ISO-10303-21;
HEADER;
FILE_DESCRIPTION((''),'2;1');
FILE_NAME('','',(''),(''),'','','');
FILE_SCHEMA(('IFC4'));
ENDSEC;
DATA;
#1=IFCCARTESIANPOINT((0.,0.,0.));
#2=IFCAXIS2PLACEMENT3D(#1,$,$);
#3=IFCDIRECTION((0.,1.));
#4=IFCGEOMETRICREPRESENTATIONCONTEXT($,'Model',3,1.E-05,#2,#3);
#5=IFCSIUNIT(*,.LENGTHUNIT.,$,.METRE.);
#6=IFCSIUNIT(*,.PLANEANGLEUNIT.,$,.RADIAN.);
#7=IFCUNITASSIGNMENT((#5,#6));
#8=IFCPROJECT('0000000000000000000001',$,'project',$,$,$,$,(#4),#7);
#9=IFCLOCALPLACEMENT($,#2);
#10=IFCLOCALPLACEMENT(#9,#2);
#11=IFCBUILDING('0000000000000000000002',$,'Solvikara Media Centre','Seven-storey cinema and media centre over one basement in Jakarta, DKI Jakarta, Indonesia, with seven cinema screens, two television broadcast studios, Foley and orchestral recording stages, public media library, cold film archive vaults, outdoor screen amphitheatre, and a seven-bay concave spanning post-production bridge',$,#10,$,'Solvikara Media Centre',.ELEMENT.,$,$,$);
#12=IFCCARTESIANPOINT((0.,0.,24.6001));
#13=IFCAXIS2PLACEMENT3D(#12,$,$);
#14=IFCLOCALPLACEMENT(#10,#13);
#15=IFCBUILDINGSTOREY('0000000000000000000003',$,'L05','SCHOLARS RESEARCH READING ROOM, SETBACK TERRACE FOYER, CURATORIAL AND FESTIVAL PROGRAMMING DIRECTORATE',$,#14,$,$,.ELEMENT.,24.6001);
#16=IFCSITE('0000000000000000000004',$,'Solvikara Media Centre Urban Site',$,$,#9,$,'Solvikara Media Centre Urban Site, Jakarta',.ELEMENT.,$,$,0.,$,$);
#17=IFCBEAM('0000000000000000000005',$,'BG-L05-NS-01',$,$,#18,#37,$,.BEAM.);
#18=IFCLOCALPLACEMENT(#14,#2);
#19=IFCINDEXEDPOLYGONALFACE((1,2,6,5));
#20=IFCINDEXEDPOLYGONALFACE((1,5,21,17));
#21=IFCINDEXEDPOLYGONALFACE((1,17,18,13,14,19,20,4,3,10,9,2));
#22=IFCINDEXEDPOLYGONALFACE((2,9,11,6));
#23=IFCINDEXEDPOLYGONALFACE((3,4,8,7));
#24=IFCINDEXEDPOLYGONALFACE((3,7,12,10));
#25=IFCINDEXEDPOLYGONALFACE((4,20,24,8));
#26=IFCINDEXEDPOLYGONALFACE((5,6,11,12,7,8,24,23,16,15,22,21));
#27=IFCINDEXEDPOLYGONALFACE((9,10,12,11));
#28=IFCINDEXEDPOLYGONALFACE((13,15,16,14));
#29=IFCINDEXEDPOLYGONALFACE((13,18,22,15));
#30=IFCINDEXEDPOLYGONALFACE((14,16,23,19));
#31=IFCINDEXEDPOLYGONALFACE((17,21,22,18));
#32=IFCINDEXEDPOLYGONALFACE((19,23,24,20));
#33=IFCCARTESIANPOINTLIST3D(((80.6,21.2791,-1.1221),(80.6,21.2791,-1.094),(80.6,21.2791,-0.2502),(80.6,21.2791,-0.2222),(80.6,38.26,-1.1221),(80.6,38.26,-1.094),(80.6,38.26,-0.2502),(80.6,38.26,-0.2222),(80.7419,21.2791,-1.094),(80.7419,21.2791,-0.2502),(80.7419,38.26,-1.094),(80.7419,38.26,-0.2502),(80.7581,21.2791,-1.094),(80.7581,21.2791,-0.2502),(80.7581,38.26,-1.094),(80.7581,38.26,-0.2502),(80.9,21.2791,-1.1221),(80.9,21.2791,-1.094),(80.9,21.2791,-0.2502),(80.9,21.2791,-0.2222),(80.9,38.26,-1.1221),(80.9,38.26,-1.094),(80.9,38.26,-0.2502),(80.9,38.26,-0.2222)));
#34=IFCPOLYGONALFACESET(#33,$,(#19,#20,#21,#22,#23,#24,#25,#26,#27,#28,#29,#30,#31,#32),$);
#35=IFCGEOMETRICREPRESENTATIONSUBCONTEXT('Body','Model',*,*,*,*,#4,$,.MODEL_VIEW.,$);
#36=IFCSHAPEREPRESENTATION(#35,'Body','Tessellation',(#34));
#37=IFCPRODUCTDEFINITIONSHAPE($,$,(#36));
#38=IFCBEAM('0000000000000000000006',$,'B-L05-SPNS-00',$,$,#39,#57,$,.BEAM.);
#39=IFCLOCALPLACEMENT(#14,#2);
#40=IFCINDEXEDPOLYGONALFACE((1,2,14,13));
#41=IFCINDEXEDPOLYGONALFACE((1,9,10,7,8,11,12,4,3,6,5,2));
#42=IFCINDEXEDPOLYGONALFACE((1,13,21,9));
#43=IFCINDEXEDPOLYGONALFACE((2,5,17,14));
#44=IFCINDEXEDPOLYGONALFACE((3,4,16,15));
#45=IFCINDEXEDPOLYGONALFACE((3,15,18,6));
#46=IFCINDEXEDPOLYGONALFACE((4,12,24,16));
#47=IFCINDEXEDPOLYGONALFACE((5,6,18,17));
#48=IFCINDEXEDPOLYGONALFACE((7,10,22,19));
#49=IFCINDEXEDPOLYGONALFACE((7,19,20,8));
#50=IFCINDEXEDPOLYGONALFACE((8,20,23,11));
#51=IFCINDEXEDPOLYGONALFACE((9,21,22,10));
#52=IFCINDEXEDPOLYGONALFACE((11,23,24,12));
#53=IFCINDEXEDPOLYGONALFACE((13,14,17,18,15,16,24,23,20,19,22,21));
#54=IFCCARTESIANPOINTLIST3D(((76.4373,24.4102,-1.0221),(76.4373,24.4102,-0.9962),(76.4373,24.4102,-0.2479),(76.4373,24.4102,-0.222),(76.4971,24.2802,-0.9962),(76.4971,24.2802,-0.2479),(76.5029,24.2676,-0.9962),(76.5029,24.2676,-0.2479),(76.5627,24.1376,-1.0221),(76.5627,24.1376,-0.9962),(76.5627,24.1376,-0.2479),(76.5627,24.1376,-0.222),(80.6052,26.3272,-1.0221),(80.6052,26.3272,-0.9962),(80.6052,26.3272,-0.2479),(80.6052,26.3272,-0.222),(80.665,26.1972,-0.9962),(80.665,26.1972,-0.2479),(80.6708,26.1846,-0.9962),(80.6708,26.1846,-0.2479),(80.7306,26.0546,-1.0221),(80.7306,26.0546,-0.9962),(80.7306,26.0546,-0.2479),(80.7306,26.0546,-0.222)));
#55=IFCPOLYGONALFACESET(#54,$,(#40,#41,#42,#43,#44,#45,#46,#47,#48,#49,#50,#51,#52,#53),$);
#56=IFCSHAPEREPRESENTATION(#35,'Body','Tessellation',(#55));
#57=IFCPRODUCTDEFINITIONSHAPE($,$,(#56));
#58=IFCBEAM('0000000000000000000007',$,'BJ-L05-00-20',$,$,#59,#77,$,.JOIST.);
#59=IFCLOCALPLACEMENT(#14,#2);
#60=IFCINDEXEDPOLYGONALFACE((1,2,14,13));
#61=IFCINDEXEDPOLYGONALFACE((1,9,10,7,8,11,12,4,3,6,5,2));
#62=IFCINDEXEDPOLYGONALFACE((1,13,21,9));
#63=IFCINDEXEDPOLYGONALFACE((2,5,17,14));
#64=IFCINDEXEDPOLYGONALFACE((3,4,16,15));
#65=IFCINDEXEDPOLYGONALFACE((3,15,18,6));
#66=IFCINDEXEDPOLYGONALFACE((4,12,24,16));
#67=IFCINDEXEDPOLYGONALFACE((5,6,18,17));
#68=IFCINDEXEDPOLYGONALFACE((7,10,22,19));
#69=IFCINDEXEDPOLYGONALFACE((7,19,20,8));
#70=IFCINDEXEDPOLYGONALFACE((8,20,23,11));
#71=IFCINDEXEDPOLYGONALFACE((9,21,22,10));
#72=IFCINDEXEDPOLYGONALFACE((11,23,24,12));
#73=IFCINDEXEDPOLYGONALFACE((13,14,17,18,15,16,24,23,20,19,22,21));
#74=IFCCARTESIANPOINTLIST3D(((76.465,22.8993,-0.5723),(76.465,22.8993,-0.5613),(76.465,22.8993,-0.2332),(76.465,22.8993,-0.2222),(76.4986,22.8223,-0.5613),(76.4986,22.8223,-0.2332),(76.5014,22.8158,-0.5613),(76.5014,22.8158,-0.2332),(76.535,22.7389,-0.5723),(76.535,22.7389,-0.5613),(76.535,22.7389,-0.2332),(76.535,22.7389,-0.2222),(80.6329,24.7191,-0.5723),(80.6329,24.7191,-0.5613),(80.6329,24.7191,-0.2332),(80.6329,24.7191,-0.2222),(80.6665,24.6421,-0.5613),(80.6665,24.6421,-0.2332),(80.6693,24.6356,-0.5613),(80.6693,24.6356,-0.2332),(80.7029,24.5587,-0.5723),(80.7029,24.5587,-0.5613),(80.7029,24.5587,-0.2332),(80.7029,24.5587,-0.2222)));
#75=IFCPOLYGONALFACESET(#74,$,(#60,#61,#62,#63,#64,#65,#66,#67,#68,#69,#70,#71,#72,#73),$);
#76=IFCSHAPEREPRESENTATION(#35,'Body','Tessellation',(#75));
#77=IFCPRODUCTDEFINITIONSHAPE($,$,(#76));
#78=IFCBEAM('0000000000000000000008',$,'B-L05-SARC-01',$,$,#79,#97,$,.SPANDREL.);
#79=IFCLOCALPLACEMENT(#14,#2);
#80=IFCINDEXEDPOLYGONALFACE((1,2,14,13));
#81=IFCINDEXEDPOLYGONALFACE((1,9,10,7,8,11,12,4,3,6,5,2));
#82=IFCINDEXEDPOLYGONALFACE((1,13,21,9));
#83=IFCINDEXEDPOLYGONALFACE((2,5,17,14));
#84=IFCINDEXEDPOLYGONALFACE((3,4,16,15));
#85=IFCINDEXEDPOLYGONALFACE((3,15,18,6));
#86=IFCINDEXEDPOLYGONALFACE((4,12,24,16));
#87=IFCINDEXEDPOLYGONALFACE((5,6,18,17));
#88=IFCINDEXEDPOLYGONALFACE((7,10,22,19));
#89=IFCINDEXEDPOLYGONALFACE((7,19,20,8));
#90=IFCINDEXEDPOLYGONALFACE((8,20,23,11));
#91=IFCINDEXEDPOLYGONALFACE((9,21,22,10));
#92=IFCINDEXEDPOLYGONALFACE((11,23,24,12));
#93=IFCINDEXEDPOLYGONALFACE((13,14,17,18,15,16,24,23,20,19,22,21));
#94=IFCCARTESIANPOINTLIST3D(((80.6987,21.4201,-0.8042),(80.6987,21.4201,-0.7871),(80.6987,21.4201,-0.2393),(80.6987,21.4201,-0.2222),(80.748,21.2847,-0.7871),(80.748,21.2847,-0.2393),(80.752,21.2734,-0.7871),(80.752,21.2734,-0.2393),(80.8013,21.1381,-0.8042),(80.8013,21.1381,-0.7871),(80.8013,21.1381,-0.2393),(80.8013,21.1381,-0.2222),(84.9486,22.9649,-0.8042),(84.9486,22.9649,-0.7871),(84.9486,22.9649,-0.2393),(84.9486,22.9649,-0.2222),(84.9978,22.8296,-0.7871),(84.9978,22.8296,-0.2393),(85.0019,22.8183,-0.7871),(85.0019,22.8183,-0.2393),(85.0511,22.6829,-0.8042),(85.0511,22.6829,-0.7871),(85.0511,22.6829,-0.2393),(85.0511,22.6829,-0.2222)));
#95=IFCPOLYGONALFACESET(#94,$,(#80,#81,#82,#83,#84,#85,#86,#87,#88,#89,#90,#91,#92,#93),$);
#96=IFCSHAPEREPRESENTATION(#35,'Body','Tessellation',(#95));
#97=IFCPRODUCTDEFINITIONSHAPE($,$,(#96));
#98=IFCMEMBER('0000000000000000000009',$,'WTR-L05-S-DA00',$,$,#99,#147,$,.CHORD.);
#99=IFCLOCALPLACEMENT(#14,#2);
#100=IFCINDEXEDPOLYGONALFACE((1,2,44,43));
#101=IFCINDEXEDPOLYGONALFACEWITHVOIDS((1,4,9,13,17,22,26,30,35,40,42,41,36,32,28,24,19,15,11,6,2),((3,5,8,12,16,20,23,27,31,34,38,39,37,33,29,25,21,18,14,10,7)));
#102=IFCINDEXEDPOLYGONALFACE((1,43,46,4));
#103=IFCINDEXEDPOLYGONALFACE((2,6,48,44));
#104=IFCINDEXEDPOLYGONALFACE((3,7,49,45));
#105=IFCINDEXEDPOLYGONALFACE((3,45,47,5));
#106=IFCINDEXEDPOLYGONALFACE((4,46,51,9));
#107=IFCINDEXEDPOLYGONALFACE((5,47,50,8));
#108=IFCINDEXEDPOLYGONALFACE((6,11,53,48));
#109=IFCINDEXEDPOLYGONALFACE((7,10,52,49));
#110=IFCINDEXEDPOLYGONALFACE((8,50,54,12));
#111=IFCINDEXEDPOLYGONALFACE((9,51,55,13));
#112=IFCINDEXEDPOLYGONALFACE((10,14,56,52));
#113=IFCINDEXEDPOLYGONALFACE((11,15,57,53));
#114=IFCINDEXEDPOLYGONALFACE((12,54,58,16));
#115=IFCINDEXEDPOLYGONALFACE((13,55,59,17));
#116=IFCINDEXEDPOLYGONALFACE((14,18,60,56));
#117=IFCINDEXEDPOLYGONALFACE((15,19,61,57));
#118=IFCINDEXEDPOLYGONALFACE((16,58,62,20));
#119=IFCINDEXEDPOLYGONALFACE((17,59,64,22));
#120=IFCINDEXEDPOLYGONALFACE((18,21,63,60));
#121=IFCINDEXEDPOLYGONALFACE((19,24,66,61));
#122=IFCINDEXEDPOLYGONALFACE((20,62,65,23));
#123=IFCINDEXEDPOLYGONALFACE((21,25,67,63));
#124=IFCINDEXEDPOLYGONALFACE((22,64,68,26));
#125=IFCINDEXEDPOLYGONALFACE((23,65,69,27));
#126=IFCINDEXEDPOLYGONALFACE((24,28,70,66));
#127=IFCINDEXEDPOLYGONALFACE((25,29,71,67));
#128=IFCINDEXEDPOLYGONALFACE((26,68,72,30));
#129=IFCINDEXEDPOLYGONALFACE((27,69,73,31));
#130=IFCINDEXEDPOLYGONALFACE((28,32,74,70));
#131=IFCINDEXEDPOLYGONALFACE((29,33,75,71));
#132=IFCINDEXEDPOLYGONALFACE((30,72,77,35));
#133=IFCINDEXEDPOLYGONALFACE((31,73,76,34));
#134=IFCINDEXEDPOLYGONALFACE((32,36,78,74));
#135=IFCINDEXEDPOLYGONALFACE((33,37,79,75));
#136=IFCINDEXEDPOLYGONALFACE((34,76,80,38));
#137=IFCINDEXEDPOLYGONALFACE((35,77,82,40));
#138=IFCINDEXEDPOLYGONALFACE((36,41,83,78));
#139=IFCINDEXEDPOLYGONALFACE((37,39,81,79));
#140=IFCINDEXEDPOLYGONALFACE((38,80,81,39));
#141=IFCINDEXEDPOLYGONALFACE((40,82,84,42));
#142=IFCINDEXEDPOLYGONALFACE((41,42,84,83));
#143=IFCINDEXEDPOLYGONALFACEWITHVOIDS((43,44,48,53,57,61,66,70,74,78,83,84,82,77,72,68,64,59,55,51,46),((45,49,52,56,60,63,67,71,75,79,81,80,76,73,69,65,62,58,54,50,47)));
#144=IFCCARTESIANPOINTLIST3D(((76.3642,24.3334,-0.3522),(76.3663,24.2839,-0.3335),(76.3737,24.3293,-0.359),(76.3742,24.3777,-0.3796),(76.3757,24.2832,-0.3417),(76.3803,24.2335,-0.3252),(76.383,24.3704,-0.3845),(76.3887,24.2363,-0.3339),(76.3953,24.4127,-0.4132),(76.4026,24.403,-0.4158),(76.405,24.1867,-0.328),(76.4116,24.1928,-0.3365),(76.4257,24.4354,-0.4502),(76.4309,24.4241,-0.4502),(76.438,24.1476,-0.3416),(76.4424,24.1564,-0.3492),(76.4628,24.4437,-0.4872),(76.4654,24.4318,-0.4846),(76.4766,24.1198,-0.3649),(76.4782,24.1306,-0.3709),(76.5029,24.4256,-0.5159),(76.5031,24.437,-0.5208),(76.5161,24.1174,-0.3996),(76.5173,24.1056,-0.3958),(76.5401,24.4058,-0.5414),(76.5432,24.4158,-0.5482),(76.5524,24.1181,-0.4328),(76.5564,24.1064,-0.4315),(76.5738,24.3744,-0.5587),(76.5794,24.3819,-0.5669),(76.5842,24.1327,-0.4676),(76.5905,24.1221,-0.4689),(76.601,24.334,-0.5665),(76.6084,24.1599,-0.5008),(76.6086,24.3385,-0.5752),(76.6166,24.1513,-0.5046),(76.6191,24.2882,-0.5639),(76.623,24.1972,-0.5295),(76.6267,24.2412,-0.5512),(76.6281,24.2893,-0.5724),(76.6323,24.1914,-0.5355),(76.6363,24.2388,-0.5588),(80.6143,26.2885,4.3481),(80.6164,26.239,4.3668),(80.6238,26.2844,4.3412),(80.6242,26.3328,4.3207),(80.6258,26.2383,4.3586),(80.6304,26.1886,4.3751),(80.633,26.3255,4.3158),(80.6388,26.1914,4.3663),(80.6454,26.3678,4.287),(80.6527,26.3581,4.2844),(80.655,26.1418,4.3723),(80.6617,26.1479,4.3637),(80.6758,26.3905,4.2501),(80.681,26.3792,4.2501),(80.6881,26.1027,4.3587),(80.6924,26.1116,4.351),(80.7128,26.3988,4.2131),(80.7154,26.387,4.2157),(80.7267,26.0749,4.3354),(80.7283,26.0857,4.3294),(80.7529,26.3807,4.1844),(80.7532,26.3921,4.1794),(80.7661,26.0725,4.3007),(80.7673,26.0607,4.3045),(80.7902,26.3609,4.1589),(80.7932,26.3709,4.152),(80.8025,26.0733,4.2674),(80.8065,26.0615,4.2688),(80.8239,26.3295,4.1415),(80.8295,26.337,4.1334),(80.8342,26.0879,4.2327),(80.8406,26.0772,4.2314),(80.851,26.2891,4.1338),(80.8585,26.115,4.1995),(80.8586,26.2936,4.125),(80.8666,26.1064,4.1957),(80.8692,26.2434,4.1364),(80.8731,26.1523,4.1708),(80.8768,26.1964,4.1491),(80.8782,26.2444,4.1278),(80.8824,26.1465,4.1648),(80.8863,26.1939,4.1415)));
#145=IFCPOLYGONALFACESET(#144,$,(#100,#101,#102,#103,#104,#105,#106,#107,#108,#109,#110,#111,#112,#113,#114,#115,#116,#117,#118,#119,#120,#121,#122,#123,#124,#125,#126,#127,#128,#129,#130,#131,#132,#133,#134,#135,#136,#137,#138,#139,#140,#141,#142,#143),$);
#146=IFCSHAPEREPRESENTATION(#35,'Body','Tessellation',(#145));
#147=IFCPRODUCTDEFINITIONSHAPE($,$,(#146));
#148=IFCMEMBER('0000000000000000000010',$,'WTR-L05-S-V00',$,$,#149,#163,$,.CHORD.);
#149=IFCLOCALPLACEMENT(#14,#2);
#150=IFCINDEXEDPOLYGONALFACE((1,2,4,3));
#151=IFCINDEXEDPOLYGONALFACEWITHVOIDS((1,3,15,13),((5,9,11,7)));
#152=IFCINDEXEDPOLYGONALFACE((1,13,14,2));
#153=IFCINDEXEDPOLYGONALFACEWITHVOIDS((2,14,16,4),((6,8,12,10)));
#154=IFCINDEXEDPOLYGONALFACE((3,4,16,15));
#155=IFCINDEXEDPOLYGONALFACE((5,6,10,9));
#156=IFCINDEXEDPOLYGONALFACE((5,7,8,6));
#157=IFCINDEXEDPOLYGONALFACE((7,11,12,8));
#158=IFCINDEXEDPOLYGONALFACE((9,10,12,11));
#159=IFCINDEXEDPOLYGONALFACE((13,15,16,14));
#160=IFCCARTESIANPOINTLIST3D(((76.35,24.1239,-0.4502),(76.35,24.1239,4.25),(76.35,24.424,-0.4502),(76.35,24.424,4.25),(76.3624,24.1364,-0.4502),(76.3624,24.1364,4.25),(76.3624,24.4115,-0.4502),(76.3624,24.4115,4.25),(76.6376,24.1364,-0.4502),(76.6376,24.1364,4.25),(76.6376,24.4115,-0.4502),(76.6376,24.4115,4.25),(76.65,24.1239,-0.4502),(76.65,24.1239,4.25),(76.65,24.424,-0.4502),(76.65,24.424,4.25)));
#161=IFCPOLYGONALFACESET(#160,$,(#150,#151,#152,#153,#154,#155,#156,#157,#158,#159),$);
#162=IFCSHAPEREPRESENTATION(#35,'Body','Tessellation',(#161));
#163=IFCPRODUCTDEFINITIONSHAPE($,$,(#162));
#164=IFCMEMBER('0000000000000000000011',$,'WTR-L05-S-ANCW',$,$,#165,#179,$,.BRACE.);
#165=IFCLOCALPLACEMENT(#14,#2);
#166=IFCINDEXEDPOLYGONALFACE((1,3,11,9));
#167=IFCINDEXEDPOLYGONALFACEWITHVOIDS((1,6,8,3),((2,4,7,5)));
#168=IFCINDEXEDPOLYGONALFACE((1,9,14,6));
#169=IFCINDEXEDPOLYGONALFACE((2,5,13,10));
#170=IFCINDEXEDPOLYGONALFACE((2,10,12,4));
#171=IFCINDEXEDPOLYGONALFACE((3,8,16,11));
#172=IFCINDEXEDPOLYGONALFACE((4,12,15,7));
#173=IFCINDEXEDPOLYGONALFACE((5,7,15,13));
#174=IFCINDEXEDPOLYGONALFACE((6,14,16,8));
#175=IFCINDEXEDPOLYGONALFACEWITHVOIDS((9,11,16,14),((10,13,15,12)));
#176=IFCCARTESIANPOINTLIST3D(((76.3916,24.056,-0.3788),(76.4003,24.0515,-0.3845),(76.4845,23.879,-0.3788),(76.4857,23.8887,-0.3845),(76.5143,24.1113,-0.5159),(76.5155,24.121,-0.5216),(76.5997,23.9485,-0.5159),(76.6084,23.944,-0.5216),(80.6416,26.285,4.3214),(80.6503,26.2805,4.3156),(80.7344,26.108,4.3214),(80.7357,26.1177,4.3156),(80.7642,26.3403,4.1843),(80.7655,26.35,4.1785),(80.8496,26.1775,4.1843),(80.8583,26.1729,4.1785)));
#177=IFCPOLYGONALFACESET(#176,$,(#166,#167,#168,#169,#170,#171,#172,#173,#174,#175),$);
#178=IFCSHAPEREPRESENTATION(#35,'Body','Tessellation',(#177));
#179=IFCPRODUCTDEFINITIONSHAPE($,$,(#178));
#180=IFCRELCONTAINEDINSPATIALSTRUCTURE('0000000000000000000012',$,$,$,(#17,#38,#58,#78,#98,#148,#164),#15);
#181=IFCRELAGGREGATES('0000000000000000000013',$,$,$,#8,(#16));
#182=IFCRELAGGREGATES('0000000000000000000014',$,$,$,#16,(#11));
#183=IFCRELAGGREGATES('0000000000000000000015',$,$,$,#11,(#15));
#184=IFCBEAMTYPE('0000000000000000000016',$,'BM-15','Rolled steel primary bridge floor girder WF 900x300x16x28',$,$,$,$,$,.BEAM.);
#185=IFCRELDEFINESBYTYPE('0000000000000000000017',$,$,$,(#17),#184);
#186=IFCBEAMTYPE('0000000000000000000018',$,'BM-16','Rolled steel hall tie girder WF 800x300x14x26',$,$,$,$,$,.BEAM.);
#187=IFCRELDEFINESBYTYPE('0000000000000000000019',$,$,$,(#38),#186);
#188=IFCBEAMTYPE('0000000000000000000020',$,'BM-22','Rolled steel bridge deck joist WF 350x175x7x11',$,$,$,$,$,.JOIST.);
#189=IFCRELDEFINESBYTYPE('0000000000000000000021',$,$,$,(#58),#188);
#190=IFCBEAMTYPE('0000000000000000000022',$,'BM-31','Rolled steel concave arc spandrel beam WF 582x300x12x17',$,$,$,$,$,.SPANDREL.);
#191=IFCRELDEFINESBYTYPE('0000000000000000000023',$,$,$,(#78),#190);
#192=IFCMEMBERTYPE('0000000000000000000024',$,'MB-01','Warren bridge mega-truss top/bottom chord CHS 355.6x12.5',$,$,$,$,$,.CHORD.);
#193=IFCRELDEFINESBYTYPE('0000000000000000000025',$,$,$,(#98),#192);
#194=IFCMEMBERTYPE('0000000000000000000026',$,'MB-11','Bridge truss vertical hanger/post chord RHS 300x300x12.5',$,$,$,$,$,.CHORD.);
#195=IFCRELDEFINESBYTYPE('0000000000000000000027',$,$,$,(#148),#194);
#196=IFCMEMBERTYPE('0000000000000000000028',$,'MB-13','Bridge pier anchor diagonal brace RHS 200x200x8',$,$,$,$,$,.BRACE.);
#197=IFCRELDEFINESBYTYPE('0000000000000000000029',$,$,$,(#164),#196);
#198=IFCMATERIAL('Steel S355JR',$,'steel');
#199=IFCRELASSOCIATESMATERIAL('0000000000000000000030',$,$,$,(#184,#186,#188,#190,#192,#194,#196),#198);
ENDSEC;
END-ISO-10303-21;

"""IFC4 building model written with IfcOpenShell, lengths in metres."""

from ifc_helpers import new_model, si_unit, direction, frame, origin, origin_2d, place, context, subcontext, project, spatial, hollow_rectangle, hollow_circle, i_section, extrude, material, material_profile, profile_set, type_object, element, save


model = new_model("IFC4")

# Units and contexts
model_context = context("Model", 3, precision=1e-05, world=origin(), true_north=direction((0.0, 1.0)))
body_context = subcontext(model_context, "Body", "Model", "MODEL_VIEW")
ifc_project = project(units=[si_unit("LENGTHUNIT", "METRE"), si_unit("PLANEANGLEUNIT", "RADIAN")], contexts=[model_context])

# Site, building, storey
site_placement = place(None, origin())
site = spatial("IfcSite", under=ifc_project, at=site_placement, Name="Solvikara Media Centre Urban Site", LongName="Solvikara Media Centre Urban Site, Jakarta", CompositionType="ELEMENT", RefElevation=0.0)
building_placement = place(site_placement, origin())
building = spatial("IfcBuilding", under=site, at=building_placement, Name="Solvikara Media Centre", Description="Seven-storey cinema and media centre over one basement in Jakarta, DKI Jakarta, Indonesia, with seven cinema screens, two television broadcast studios, Foley and orchestral recording stages, public media library, cold film archive vaults, outdoor screen amphitheatre, and a seven-bay concave spanning post-production bridge", LongName="Solvikara Media Centre", CompositionType="ELEMENT")
storey_placement = place(building_placement, frame((0.0, 0.0, 24.6001)))
storey = spatial("IfcBuildingStorey", under=building, at=storey_placement, Name="L05", Description="SCHOLARS RESEARCH READING ROOM, SETBACK TERRACE FOYER, CURATORIAL AND FESTIVAL PROGRAMMING DIRECTORATE", CompositionType="ELEMENT", Elevation=24.6001)

# Beams
ifc_material_1 = material(Name="Steel S355JR", Category="steel")
ifc_material_profile_1 = material_profile(ifc_material_1, i_section(OverallWidth=0.3, OverallDepth=0.8999, WebThickness=0.0161, FlangeThickness=0.0281, at=origin_2d()), Name="WF 900x300x16x28")
ifc_profile_set_1 = profile_set([ifc_material_profile_1], Name="Steel S355JR")
beam_type_1 = type_object("IfcBeamType", Name="BM-15", Description="Rolled steel primary bridge floor girder WF 900x300x16x28", PredefinedType="BEAM", material=ifc_profile_set_1)
beam_1_placement = place(storey_placement, frame((80.75, 21.2791, -0.6721), z_axis=(0.0, 1.0, 0.0), x_axis=(-1.0, 0.0, 0.0)))
element("IfcBeam", 1, at=beam_1_placement, inside=storey, type_object=beam_type_1, Name="BG-L05-NS-01", PredefinedType="BEAM", context=body_context, shape_type="SweptSolid", body=[
    extrude(i_section(OverallWidth=0.3, OverallDepth=0.8999, WebThickness=0.0161, FlangeThickness=0.0281, at=origin_2d()), origin(), (0.0, 0.0, 1.0), 16.981),
])
ifc_material_profile_2 = material_profile(ifc_material_1, i_section(OverallWidth=0.3, OverallDepth=0.8, WebThickness=0.0139, FlangeThickness=0.0259, at=origin_2d()), Name="WF 800x300x14x26")
ifc_profile_set_2 = profile_set([ifc_material_profile_2], Name="Steel S355JR")
beam_type_2 = type_object("IfcBeamType", Name="BM-16", Description="Rolled steel hall tie girder WF 800x300x14x26", PredefinedType="BEAM", material=ifc_profile_set_2)
beam_2_placement = place(storey_placement, frame((76.5, 24.2739, -0.6221), z_axis=(0.908513, 0.417856, 0.0), x_axis=(-0.417856, 0.908513, 0.0)))
element("IfcBeam", 2, at=beam_2_placement, inside=storey, type_object=beam_type_2, Name="B-L05-SPNS-00", PredefinedType="BEAM", context=body_context, shape_type="SweptSolid", body=[
    extrude(i_section(OverallWidth=0.3, OverallDepth=0.8, WebThickness=0.0139, FlangeThickness=0.0259, at=origin_2d()), origin(), (0.0, 0.0, 1.0), 4.5876),
])
ifc_material_profile_3 = material_profile(ifc_material_1, i_section(OverallWidth=0.175, OverallDepth=0.3501, WebThickness=0.0071, FlangeThickness=0.011, at=origin_2d()), Name="WF 350x175x7x11")
ifc_profile_set_3 = profile_set([ifc_material_profile_3], Name="Steel S355JR")
beam_type_3 = type_object("IfcBeamType", Name="BM-22", Description="Rolled steel bridge deck joist WF 350x175x7x11", PredefinedType="JOIST", material=ifc_profile_set_3)
beam_3_placement = place(storey_placement, frame((76.5, 22.8191, -0.3972), z_axis=(0.916453, 0.400143, 0.0), x_axis=(-0.400143, 0.916453, 0.0)))
element("IfcBeam", 3, at=beam_3_placement, inside=storey, type_object=beam_type_3, Name="BJ-L05-00-20", PredefinedType="JOIST", context=body_context, shape_type="SweptSolid", body=[
    extrude(i_section(OverallWidth=0.175, OverallDepth=0.3501, WebThickness=0.0071, FlangeThickness=0.011, at=origin_2d()), origin(), (0.0, 0.0, 1.0), 4.5479),
])
ifc_material_profile_4 = material_profile(ifc_material_1, i_section(OverallWidth=0.3, OverallDepth=0.582, WebThickness=0.012, FlangeThickness=0.0171, at=origin_2d()), Name="WF 582x300x12x17")
ifc_profile_set_4 = profile_set([ifc_material_profile_4], Name="Steel S355JR")
beam_type_4 = type_object("IfcBeamType", Name="BM-31", Description="Rolled steel concave arc spandrel beam WF 582x300x12x17", PredefinedType="SPANDREL", material=ifc_profile_set_4)
beam_4_placement = place(storey_placement, frame((80.75, 21.2791, -0.5132), z_axis=(0.939831, 0.341639, 0.0), x_axis=(-0.341639, 0.939831, 0.0)))
element("IfcBeam", 4, at=beam_4_placement, inside=storey, type_object=beam_type_4, Name="B-L05-SARC-01", PredefinedType="SPANDREL", context=body_context, shape_type="SweptSolid", body=[
    extrude(i_section(OverallWidth=0.3, OverallDepth=0.582, WebThickness=0.012, FlangeThickness=0.0171, at=origin_2d()), origin(), (0.0, 0.0, 1.0), 4.522),
])

# Members
ifc_material_profile_5 = material_profile(ifc_material_1, hollow_circle(Radius=0.1777, WallThickness=0.0125, at=origin_2d()), Name="CHS 355.6x12.5")
ifc_profile_set_5 = profile_set([ifc_material_profile_5], Name="Steel S355JR")
member_type_1 = type_object("IfcMemberType", Name="MB-01", Description="Warren bridge mega-truss top/bottom chord CHS 355.6x12.5", PredefinedType="CHORD", material=ifc_profile_set_5)
member_1_placement = place(storey_placement, frame((76.5, 24.2739, -0.4502), z_axis=(0.640882, 0.294817, 0.708769), x_axis=(-0.417919, 0.908484, 0.0)))
element("IfcMember", 5, at=member_1_placement, inside=storey, type_object=member_type_1, Name="WTR-L05-S-DA00", PredefinedType="CHORD", context=body_context, shape_type="SweptSolid", body=[
    extrude(hollow_circle(Radius=0.1777, WallThickness=0.0125, at=origin_2d()), origin(), (0.0, 0.0, 1.0), 6.6316),
])
ifc_material_profile_6 = material_profile(ifc_material_1, hollow_rectangle(XDim=0.3, YDim=0.3, WallThickness=0.0125, at=origin_2d()), Name="RHS 300x300x12.5")
ifc_profile_set_6 = profile_set([ifc_material_profile_6], Name="Steel S355JR")
member_type_2 = type_object("IfcMemberType", Name="MB-11", Description="Bridge truss vertical hanger/post chord RHS 300x300x12.5", PredefinedType="CHORD", material=ifc_profile_set_6)
member_2_placement = place(storey_placement, frame((76.5, 24.2739, -0.4502), z_axis=(0.0, 0.0, 1.0), x_axis=(1.0, 0.0, 0.0)))
element("IfcMember", 6, at=member_2_placement, inside=storey, type_object=member_type_2, Name="WTR-L05-S-V00", PredefinedType="CHORD", context=body_context, shape_type="SweptSolid", body=[
    extrude(hollow_rectangle(XDim=0.3, YDim=0.3, WallThickness=0.0125, at=origin_2d()), origin(), (0.0, 0.0, 1.0), 4.7002),
])
ifc_material_profile_7 = material_profile(ifc_material_1, hollow_rectangle(XDim=0.2, YDim=0.2, WallThickness=0.0081, at=origin_2d()), Name="RHS 200x200x8")
ifc_profile_set_7 = profile_set([ifc_material_profile_7], Name="Steel S355JR")
member_type_3 = type_object("IfcMemberType", Name="MB-13", Description="Bridge pier anchor diagonal brace RHS 200x200x8", PredefinedType="BRACE", material=ifc_profile_set_7)
member_3_placement = place(storey_placement, frame((76.5, 24.0, -0.4502), z_axis=(0.63269, 0.331828, 0.69971), x_axis=(-0.464467, 0.88559, 0.0)))
element("IfcMember", 7, at=member_3_placement, inside=storey, type_object=member_type_3, Name="WTR-L05-S-ANCW", PredefinedType="BRACE", context=body_context, shape_type="SweptSolid", body=[
    extrude(hollow_rectangle(XDim=0.2, YDim=0.2, WallThickness=0.0081, at=origin_2d()), origin(), (0.0, 0.0, 1.0), 6.7173),
])

save(model, "model.ifc")
